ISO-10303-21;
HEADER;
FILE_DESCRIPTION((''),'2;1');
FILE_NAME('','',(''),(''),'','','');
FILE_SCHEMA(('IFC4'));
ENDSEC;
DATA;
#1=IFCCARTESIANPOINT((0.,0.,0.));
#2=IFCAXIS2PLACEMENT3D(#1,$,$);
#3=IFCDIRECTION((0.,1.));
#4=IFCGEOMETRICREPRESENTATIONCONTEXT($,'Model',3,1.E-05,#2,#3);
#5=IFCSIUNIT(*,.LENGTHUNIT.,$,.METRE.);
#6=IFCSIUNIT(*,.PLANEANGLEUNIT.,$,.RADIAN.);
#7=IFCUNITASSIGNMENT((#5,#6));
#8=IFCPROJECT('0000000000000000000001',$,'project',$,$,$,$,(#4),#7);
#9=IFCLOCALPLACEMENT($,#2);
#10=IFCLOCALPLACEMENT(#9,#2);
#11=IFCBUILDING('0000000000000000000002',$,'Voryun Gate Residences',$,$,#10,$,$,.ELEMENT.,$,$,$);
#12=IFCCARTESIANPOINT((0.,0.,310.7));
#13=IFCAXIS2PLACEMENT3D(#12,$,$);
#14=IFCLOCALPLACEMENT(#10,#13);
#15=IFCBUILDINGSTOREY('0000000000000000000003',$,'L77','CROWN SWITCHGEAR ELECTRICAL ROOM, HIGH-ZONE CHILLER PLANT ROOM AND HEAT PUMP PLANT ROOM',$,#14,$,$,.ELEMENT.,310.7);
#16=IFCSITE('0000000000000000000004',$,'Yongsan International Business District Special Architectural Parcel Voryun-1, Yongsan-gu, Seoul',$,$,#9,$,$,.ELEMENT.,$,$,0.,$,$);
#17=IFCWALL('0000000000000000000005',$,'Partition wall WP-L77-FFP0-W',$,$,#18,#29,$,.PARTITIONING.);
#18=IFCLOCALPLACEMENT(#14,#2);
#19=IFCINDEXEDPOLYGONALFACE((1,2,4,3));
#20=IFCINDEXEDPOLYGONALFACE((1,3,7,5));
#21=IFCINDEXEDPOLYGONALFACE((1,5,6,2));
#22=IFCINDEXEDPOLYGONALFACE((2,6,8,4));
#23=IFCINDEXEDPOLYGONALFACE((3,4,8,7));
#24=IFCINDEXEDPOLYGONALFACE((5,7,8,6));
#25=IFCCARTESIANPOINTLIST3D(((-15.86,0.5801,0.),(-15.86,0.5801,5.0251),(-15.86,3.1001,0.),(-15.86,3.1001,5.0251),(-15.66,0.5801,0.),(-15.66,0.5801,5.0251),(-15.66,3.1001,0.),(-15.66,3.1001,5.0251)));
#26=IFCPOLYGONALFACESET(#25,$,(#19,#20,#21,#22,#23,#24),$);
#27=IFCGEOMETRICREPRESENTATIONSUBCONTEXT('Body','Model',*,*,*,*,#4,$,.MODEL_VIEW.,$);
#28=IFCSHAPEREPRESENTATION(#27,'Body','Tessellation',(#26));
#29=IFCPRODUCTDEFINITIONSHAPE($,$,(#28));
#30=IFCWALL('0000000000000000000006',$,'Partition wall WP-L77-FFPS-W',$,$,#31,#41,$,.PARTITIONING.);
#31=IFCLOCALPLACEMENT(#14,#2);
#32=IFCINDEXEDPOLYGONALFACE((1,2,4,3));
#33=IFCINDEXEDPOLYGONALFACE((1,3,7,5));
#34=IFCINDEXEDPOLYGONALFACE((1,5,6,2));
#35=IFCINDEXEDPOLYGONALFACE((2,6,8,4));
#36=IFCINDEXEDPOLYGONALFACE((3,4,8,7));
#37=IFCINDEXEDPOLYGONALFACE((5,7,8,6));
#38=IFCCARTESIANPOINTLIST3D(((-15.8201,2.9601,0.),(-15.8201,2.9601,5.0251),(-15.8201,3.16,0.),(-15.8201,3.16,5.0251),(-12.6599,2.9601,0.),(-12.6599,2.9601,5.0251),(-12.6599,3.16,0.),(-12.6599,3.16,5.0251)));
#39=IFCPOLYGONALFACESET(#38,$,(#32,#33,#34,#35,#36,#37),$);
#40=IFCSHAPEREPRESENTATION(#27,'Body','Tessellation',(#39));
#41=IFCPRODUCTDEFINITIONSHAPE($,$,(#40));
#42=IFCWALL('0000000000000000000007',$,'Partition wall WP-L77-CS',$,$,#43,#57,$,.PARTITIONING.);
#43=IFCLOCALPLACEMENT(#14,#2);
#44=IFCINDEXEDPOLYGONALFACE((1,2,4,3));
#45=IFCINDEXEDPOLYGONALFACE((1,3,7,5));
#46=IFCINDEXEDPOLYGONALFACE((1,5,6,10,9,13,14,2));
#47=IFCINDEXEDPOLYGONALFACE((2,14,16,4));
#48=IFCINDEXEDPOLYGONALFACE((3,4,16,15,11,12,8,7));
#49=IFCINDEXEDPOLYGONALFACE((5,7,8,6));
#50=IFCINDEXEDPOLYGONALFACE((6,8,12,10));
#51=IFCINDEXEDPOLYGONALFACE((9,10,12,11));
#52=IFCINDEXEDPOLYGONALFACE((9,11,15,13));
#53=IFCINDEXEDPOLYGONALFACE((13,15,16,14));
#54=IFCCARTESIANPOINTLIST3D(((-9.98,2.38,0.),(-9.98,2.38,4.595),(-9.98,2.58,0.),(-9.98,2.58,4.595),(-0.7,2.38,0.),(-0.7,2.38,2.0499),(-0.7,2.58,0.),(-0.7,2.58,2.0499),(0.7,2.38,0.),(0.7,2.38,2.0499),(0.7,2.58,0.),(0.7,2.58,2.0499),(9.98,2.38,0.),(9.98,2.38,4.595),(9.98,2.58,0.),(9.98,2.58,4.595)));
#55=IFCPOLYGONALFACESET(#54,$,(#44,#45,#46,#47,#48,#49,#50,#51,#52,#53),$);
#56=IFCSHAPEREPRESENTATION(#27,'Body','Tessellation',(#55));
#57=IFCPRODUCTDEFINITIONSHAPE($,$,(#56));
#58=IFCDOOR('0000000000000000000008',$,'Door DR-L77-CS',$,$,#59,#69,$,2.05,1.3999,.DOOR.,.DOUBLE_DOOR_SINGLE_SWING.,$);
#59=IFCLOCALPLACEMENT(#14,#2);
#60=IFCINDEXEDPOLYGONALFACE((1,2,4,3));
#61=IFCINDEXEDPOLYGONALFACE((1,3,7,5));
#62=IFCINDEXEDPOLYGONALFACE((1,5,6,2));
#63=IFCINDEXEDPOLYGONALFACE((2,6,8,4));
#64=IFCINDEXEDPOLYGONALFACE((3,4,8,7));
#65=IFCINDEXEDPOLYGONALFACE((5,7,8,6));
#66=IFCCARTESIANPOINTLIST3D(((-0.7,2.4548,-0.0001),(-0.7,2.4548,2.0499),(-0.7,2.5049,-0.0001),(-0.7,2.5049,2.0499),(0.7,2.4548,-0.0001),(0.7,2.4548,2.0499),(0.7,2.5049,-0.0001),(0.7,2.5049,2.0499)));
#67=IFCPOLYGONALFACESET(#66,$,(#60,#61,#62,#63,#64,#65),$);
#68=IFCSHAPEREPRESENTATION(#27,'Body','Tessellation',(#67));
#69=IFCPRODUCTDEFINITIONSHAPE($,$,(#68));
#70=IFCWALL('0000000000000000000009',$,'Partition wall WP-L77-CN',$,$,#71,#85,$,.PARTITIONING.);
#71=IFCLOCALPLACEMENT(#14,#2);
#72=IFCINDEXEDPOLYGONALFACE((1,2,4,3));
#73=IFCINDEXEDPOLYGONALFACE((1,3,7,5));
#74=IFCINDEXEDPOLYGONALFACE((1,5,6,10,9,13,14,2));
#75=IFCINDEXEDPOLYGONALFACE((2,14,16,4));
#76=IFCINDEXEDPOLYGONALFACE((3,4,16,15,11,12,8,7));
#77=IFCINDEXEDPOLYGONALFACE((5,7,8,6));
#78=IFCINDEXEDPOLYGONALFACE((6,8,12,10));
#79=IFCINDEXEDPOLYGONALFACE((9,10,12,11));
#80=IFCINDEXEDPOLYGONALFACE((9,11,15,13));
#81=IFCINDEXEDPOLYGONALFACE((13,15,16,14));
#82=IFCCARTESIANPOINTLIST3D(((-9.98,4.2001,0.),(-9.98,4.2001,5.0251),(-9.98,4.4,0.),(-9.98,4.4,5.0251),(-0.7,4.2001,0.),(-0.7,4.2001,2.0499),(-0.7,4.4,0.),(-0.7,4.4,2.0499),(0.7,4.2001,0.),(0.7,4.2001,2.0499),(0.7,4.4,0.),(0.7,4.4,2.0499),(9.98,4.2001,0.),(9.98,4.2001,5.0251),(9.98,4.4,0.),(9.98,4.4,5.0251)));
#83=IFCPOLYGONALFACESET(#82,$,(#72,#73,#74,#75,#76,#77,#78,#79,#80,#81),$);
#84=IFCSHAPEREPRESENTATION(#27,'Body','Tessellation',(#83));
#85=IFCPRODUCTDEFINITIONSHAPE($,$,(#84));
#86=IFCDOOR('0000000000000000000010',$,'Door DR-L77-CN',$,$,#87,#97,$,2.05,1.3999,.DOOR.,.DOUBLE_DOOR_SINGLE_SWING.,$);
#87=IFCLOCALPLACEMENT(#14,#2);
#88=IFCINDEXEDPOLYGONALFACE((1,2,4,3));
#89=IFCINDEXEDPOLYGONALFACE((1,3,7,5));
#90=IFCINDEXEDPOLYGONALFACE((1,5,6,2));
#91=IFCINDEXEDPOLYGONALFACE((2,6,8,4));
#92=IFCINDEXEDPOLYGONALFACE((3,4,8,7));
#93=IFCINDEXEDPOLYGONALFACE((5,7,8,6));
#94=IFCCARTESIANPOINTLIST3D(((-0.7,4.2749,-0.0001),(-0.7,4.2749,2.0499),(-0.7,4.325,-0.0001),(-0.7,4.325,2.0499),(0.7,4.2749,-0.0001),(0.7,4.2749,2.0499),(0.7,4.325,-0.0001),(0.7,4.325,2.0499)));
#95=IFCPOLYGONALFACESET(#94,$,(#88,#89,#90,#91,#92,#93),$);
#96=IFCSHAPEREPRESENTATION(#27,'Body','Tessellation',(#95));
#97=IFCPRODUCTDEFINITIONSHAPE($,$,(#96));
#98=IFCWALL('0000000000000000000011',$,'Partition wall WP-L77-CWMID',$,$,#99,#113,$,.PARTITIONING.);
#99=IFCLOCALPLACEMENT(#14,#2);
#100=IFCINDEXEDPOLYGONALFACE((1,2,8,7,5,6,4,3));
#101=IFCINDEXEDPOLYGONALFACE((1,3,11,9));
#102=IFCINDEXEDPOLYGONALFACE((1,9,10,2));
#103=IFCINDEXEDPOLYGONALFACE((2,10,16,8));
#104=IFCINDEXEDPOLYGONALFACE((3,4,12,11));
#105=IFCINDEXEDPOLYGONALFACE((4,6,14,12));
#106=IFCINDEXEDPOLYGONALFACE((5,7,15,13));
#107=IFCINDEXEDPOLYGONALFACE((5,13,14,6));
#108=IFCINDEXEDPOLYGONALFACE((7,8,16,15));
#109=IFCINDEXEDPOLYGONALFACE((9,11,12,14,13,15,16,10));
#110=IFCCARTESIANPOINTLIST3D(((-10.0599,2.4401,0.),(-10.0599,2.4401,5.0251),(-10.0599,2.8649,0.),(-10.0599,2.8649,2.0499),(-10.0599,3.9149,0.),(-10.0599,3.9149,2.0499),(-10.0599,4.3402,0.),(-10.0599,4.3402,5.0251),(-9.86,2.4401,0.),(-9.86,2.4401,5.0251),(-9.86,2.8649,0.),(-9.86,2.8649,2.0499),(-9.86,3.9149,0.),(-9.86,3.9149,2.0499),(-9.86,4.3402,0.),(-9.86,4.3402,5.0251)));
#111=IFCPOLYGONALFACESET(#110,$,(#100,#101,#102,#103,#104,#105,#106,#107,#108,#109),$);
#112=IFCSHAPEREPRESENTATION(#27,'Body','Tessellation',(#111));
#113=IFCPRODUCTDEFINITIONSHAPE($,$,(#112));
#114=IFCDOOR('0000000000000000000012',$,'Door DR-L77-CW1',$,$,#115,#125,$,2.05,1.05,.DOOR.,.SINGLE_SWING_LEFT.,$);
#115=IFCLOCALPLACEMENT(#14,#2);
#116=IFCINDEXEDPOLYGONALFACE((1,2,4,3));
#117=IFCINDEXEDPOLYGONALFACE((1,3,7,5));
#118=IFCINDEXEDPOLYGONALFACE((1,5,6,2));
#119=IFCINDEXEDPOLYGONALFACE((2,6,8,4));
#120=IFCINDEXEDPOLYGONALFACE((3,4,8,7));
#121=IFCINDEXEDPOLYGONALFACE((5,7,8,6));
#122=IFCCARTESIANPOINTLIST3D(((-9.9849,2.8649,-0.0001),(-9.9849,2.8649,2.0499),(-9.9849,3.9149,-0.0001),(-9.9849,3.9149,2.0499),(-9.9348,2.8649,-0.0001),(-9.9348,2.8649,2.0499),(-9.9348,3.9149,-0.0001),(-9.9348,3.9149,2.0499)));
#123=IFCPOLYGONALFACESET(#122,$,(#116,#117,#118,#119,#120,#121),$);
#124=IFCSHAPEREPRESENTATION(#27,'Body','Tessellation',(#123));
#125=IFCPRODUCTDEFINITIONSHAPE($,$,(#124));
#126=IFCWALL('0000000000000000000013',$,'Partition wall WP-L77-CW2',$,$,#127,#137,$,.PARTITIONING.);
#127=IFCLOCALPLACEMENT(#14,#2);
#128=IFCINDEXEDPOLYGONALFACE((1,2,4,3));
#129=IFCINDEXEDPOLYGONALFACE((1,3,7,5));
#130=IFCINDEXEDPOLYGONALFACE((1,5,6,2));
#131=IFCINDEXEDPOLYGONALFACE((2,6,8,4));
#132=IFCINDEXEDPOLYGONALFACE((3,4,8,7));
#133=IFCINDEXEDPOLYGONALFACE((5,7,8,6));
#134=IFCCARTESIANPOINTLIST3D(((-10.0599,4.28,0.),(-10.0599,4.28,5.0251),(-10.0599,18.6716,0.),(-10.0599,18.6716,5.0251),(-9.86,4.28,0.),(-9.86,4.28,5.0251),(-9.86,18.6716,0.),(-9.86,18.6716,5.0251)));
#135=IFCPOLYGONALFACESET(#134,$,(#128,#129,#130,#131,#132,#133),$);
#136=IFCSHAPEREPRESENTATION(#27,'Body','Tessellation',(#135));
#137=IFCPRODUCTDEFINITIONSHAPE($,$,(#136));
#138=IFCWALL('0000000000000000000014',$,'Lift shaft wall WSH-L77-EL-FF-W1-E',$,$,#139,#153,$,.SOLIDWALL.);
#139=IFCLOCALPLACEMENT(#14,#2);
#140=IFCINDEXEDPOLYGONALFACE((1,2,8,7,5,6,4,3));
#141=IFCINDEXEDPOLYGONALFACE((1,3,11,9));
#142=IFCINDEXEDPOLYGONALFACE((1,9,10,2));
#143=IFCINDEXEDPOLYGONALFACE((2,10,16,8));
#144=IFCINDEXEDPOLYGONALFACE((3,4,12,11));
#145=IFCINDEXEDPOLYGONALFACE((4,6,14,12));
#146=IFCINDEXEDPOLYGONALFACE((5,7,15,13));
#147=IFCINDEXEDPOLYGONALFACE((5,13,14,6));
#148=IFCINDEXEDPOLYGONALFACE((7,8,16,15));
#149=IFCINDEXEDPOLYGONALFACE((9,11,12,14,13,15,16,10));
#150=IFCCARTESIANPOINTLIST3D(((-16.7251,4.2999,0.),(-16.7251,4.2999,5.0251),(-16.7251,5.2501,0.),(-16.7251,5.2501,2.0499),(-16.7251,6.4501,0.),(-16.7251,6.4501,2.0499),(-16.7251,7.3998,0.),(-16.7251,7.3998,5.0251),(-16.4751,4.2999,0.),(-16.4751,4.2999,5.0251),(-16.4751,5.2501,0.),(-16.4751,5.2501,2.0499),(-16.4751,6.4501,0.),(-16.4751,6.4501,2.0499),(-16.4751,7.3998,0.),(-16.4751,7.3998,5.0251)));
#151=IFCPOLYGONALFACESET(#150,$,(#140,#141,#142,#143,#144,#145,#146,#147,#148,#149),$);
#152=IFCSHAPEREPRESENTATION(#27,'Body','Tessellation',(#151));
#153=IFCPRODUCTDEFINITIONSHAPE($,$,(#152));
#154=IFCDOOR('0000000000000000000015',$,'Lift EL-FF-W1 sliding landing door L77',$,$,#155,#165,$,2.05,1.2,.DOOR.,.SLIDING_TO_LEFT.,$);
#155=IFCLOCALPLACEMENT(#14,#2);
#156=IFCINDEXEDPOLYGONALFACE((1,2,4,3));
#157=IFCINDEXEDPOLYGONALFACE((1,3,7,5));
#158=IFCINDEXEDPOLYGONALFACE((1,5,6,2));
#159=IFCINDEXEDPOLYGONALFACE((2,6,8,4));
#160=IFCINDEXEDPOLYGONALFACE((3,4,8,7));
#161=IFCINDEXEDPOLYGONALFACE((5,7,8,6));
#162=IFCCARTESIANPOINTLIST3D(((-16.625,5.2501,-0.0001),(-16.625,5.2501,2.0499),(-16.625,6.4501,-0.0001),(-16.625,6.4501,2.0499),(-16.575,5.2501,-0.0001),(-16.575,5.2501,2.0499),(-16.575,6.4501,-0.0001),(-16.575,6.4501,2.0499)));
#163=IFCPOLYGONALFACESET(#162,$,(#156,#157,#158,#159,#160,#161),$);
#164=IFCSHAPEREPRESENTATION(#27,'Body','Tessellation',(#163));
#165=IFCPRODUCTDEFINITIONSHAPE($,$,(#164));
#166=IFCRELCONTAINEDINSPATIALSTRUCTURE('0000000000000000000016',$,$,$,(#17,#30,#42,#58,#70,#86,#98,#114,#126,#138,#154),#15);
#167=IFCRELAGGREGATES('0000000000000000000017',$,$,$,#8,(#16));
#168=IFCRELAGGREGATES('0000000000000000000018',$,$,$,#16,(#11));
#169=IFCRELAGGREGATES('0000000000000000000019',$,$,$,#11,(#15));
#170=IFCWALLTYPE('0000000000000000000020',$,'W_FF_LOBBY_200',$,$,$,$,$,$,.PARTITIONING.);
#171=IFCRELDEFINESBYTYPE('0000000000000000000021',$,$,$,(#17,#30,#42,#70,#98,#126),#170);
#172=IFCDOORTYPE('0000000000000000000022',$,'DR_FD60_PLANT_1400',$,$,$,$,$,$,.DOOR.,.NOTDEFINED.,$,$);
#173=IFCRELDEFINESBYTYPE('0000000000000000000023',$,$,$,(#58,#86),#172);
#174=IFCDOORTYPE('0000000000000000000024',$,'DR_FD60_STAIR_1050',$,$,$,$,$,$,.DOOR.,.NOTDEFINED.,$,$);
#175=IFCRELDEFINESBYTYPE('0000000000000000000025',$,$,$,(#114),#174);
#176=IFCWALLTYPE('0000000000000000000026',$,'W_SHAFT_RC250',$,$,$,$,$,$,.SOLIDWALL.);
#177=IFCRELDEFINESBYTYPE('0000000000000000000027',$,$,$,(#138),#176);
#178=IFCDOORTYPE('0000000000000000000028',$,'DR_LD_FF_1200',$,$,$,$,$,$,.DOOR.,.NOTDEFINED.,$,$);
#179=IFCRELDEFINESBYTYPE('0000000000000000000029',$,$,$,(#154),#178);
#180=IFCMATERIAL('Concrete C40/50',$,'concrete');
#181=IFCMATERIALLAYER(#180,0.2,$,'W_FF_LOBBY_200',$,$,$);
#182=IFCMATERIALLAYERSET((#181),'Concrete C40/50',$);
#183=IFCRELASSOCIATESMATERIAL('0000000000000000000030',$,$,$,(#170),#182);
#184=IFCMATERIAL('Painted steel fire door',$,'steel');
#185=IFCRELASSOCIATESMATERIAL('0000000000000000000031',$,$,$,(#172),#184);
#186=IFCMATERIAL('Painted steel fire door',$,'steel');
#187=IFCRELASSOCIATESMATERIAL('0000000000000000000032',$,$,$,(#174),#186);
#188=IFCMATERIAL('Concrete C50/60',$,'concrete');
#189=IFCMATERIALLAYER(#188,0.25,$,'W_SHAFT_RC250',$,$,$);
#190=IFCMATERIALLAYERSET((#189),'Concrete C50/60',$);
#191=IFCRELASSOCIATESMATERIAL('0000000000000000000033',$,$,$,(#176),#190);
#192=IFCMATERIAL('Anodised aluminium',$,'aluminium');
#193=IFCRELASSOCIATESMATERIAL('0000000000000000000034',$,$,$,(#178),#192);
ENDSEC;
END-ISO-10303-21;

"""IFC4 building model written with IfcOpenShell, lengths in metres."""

from ifc_helpers import new_model, si_unit, direction, frame, frame_2d, origin, place, context, subcontext, project, spatial, rectangle, extrude, material, layer, layer_set, type_object, element, fill, save


model = new_model("IFC4")

# Units and contexts
model_context = context("Model", 3, precision=1e-05, world=origin(), true_north=direction((0.0, 1.0)))
body_context = subcontext(model_context, "Body", "Model", "MODEL_VIEW")
ifc_project = project(units=[si_unit("LENGTHUNIT", "METRE"), si_unit("PLANEANGLEUNIT", "RADIAN")], contexts=[model_context])

# Site, building, storey
site_placement = place(None, origin())
site = spatial("IfcSite", under=ifc_project, at=site_placement, Name="Yongsan International Business District Special Architectural Parcel Voryun-1, Yongsan-gu, Seoul", CompositionType="ELEMENT", RefElevation=0.0)
building_placement = place(site_placement, origin())
building = spatial("IfcBuilding", under=site, at=building_placement, Name="Voryun Gate Residences", CompositionType="ELEMENT")
storey_placement = place(building_placement, frame((0.0, 0.0, 310.7)))
storey = spatial("IfcBuildingStorey", under=building, at=storey_placement, Name="L77", Description="CROWN SWITCHGEAR ELECTRICAL ROOM, HIGH-ZONE CHILLER PLANT ROOM AND HEAT PUMP PLANT ROOM", CompositionType="ELEMENT", Elevation=310.7)

# Walls
ifc_material_1 = material(Name="Concrete C40/50", Category="concrete")
ifc_layer_1 = layer(ifc_material_1, 0.2, Name="W_FF_LOBBY_200")
ifc_layer_set_1 = layer_set([ifc_layer_1], Name="Concrete C40/50")
wall_type_1 = type_object("IfcWallType", Name="W_FF_LOBBY_200", PredefinedType="PARTITIONING", material=ifc_layer_set_1)
wall_1_placement = place(storey_placement, frame((-15.76, 0.5801, 0.0), z_axis=(0.0, 0.0, 1.0), x_axis=(0.0, 1.0, 0.0)))
element("IfcWall", 1, at=wall_1_placement, inside=storey, type_object=wall_type_1, Name="Partition wall WP-L77-FFP0-W", PredefinedType="PARTITIONING", context=body_context, shape_type="SweptSolid", body=[
    extrude(rectangle(XDim=2.52, YDim=0.2, at=frame_2d((1.26, 0.0))), origin(), (0.0, 0.0, 1.0), 5.0251),
])
wall_2_placement = place(storey_placement, frame((-15.8201, 3.0601, 0.0), z_axis=(0.0, 0.0, 1.0), x_axis=(1.0, 0.0, 0.0)))
element("IfcWall", 2, at=wall_2_placement, inside=storey, type_object=wall_type_1, Name="Partition wall WP-L77-FFPS-W", PredefinedType="PARTITIONING", context=body_context, shape_type="SweptSolid", body=[
    extrude(rectangle(XDim=3.1602, YDim=0.2, at=frame_2d((1.5801, 0.0))), origin(), (0.0, 0.0, 1.0), 5.0251),
])

# Walls, openings, doors
wall_3_placement = place(storey_placement, frame((-9.98, 2.48, 0.0), z_axis=(0.0, 0.0, 1.0), x_axis=(1.0, 0.0, 0.0)))
wall_3 = element("IfcWall", 3, at=wall_3_placement, inside=storey, type_object=wall_type_1, Name="Partition wall WP-L77-CS", PredefinedType="PARTITIONING", context=body_context, shape_type="SweptSolid", body=[
    extrude(rectangle(XDim=19.96, YDim=0.2, at=frame_2d((9.98, 0.0))), origin(), (0.0, 0.0, 1.0), 4.595),
])
opening_1_placement = place(wall_3_placement, frame((9.28, 0.0, 0.0)))
opening_1 = element("IfcOpeningElement", 4, at=opening_1_placement, cuts=wall_3, PredefinedType="OPENING", context=body_context, shape_type="SweptSolid", body=[
    extrude(rectangle(XDim=1.3999, YDim=2.05, at=frame_2d((0.7, 1.0249))), frame((0.0, 0.1101, 0.0), z_axis=(0.0, -1.0, 0.0), x_axis=(1.0, 0.0, 0.0)), (0.0, 0.0, 1.0), 0.22),
])
ifc_material_2 = material(Name="Painted steel fire door", Category="steel")
door_type_1 = type_object("IfcDoorType", Name="DR_FD60_PLANT_1400", OperationType="NOTDEFINED", PredefinedType="DOOR", material=ifc_material_2)
door_1_placement = place(opening_1_placement, origin())
door_1 = element("IfcDoor", 5, at=door_1_placement, inside=storey, type_object=door_type_1, Name="Door DR-L77-CS", OperationType="DOUBLE_DOOR_SINGLE_SWING", OverallHeight=2.05, OverallWidth=1.3999, PredefinedType="DOOR", context=body_context, shape_type="SweptSolid", body=[
    extrude(rectangle(XDim=1.3999, YDim=2.05, at=frame_2d((0.7, 1.0249))), frame((0.0, 0.0249, 0.0), z_axis=(0.0, -1.0, 0.0), x_axis=(1.0, 0.0, 0.0)), (0.0, 0.0, 1.0), 0.05),
])
fill(opening_1, door_1)
wall_4_placement = place(storey_placement, frame((-9.98, 4.3, 0.0), z_axis=(0.0, 0.0, 1.0), x_axis=(1.0, 0.0, 0.0)))
wall_4 = element("IfcWall", 6, at=wall_4_placement, inside=storey, type_object=wall_type_1, Name="Partition wall WP-L77-CN", PredefinedType="PARTITIONING", context=body_context, shape_type="SweptSolid", body=[
    extrude(rectangle(XDim=19.96, YDim=0.2, at=frame_2d((9.98, 0.0))), origin(), (0.0, 0.0, 1.0), 5.0251),
])
opening_2_placement = place(wall_4_placement, frame((9.28, 0.0, 0.0)))
opening_2 = element("IfcOpeningElement", 7, at=opening_2_placement, cuts=wall_4, PredefinedType="OPENING", context=body_context, shape_type="SweptSolid", body=[
    extrude(rectangle(XDim=1.3999, YDim=2.05, at=frame_2d((0.7, 1.0249))), frame((0.0, 0.1101, 0.0), z_axis=(0.0, -1.0, 0.0), x_axis=(1.0, 0.0, 0.0)), (0.0, 0.0, 1.0), 0.22),
])
door_2_placement = place(opening_2_placement, origin())
door_2 = element("IfcDoor", 8, at=door_2_placement, inside=storey, type_object=door_type_1, Name="Door DR-L77-CN", OperationType="DOUBLE_DOOR_SINGLE_SWING", OverallHeight=2.05, OverallWidth=1.3999, PredefinedType="DOOR", context=body_context, shape_type="SweptSolid", body=[
    extrude(rectangle(XDim=1.3999, YDim=2.05, at=frame_2d((0.7, 1.0249))), frame((0.0, 0.0249, 0.0), z_axis=(0.0, -1.0, 0.0), x_axis=(1.0, 0.0, 0.0)), (0.0, 0.0, 1.0), 0.05),
])
fill(opening_2, door_2)
wall_5_placement = place(storey_placement, frame((-9.96, 2.4399, 0.0), z_axis=(0.0, 0.0, 1.0), x_axis=(0.0, 1.0, 0.0)))
wall_5 = element("IfcWall", 9, at=wall_5_placement, inside=storey, type_object=wall_type_1, Name="Partition wall WP-L77-CWMID", PredefinedType="PARTITIONING", context=body_context, shape_type="SweptSolid", body=[
    extrude(rectangle(XDim=1.9001, YDim=0.2, at=frame_2d((0.9502, 0.0))), origin(), (0.0, 0.0, 1.0), 5.0251),
])
opening_3_placement = place(wall_5_placement, frame((0.425, 0.0, 0.0)))
opening_3 = element("IfcOpeningElement", 10, at=opening_3_placement, cuts=wall_5, PredefinedType="OPENING", context=body_context, shape_type="SweptSolid", body=[
    extrude(rectangle(XDim=1.05, YDim=2.05, at=frame_2d((0.5249, 1.0249))), frame((0.0, 0.1101, 0.0), z_axis=(0.0, -1.0, 0.0), x_axis=(1.0, 0.0, 0.0)), (0.0, 0.0, 1.0), 0.22),
])
ifc_material_3 = material(Name="Painted steel fire door", Category="steel")
door_type_2 = type_object("IfcDoorType", Name="DR_FD60_STAIR_1050", OperationType="NOTDEFINED", PredefinedType="DOOR", material=ifc_material_3)
door_3_placement = place(opening_3_placement, origin())
door_3 = element("IfcDoor", 11, at=door_3_placement, inside=storey, type_object=door_type_2, Name="Door DR-L77-CW1", OperationType="SINGLE_SWING_LEFT", OverallHeight=2.05, OverallWidth=1.05, PredefinedType="DOOR", context=body_context, shape_type="SweptSolid", body=[
    extrude(rectangle(XDim=1.05, YDim=2.05, at=frame_2d((0.5249, 1.0249))), frame((0.0, 0.0249, 0.0), z_axis=(0.0, -1.0, 0.0), x_axis=(1.0, 0.0, 0.0)), (0.0, 0.0, 1.0), 0.05),
])
fill(opening_3, door_3)

# Wall
wall_6_placement = place(storey_placement, frame((-9.96, 4.28, 0.0), z_axis=(0.0, 0.0, 1.0), x_axis=(0.0, 1.0, 0.0)))
element("IfcWall", 12, at=wall_6_placement, inside=storey, type_object=wall_type_1, Name="Partition wall WP-L77-CW2", PredefinedType="PARTITIONING", context=body_context, shape_type="SweptSolid", body=[
    extrude(rectangle(XDim=14.3916, YDim=0.2, at=frame_2d((7.1958, 0.0))), origin(), (0.0, 0.0, 1.0), 5.0251),
])

# Wall, opening, door
ifc_material_4 = material(Name="Concrete C50/60", Category="concrete")
ifc_layer_2 = layer(ifc_material_4, 0.25, Name="W_SHAFT_RC250")
ifc_layer_set_2 = layer_set([ifc_layer_2], Name="Concrete C50/60")
wall_type_2 = type_object("IfcWallType", Name="W_SHAFT_RC250", PredefinedType="SOLIDWALL", material=ifc_layer_set_2)
wall_7_placement = place(storey_placement, frame((-16.6001, 4.3, 0.0), z_axis=(0.0, 0.0, 1.0), x_axis=(0.0, 1.0, 0.0)))
wall_7 = element("IfcWall", 13, at=wall_7_placement, inside=storey, type_object=wall_type_2, Name="Lift shaft wall WSH-L77-EL-FF-W1-E", PredefinedType="SOLIDWALL", context=body_context, shape_type="SweptSolid", body=[
    extrude(rectangle(XDim=3.0999, YDim=0.25, at=frame_2d((1.5498, 0.0))), origin(), (0.0, 0.0, 1.0), 5.0251),
])
opening_4_placement = place(wall_7_placement, frame((0.95, 0.0, 0.0)))
opening_4 = element("IfcOpeningElement", 14, at=opening_4_placement, cuts=wall_7, PredefinedType="OPENING", context=body_context, shape_type="SweptSolid", body=[
    extrude(rectangle(XDim=1.2, YDim=2.05, at=frame_2d((0.6001, 1.0249))), frame((0.0, 0.135, 0.0), z_axis=(0.0, -1.0, 0.0), x_axis=(1.0, 0.0, 0.0)), (0.0, 0.0, 1.0), 0.27),
])
ifc_material_5 = material(Name="Anodised aluminium", Category="aluminium")
door_type_3 = type_object("IfcDoorType", Name="DR_LD_FF_1200", OperationType="NOTDEFINED", PredefinedType="DOOR", material=ifc_material_5)
door_4_placement = place(opening_4_placement, origin())
door_4 = element("IfcDoor", 15, at=door_4_placement, inside=storey, type_object=door_type_3, Name="Lift EL-FF-W1 sliding landing door L77", OperationType="SLIDING_TO_LEFT", OverallHeight=2.05, OverallWidth=1.2, PredefinedType="DOOR", context=body_context, shape_type="SweptSolid", body=[
    extrude(rectangle(XDim=1.2, YDim=2.05, at=frame_2d((0.6001, 1.0249))), frame((0.0, 0.0249, 0.0), z_axis=(0.0, -1.0, 0.0), x_axis=(1.0, 0.0, 0.0)), (0.0, 0.0, 1.0), 0.05),
])
fill(opening_4, door_4)

save(model, "model.ifc")
